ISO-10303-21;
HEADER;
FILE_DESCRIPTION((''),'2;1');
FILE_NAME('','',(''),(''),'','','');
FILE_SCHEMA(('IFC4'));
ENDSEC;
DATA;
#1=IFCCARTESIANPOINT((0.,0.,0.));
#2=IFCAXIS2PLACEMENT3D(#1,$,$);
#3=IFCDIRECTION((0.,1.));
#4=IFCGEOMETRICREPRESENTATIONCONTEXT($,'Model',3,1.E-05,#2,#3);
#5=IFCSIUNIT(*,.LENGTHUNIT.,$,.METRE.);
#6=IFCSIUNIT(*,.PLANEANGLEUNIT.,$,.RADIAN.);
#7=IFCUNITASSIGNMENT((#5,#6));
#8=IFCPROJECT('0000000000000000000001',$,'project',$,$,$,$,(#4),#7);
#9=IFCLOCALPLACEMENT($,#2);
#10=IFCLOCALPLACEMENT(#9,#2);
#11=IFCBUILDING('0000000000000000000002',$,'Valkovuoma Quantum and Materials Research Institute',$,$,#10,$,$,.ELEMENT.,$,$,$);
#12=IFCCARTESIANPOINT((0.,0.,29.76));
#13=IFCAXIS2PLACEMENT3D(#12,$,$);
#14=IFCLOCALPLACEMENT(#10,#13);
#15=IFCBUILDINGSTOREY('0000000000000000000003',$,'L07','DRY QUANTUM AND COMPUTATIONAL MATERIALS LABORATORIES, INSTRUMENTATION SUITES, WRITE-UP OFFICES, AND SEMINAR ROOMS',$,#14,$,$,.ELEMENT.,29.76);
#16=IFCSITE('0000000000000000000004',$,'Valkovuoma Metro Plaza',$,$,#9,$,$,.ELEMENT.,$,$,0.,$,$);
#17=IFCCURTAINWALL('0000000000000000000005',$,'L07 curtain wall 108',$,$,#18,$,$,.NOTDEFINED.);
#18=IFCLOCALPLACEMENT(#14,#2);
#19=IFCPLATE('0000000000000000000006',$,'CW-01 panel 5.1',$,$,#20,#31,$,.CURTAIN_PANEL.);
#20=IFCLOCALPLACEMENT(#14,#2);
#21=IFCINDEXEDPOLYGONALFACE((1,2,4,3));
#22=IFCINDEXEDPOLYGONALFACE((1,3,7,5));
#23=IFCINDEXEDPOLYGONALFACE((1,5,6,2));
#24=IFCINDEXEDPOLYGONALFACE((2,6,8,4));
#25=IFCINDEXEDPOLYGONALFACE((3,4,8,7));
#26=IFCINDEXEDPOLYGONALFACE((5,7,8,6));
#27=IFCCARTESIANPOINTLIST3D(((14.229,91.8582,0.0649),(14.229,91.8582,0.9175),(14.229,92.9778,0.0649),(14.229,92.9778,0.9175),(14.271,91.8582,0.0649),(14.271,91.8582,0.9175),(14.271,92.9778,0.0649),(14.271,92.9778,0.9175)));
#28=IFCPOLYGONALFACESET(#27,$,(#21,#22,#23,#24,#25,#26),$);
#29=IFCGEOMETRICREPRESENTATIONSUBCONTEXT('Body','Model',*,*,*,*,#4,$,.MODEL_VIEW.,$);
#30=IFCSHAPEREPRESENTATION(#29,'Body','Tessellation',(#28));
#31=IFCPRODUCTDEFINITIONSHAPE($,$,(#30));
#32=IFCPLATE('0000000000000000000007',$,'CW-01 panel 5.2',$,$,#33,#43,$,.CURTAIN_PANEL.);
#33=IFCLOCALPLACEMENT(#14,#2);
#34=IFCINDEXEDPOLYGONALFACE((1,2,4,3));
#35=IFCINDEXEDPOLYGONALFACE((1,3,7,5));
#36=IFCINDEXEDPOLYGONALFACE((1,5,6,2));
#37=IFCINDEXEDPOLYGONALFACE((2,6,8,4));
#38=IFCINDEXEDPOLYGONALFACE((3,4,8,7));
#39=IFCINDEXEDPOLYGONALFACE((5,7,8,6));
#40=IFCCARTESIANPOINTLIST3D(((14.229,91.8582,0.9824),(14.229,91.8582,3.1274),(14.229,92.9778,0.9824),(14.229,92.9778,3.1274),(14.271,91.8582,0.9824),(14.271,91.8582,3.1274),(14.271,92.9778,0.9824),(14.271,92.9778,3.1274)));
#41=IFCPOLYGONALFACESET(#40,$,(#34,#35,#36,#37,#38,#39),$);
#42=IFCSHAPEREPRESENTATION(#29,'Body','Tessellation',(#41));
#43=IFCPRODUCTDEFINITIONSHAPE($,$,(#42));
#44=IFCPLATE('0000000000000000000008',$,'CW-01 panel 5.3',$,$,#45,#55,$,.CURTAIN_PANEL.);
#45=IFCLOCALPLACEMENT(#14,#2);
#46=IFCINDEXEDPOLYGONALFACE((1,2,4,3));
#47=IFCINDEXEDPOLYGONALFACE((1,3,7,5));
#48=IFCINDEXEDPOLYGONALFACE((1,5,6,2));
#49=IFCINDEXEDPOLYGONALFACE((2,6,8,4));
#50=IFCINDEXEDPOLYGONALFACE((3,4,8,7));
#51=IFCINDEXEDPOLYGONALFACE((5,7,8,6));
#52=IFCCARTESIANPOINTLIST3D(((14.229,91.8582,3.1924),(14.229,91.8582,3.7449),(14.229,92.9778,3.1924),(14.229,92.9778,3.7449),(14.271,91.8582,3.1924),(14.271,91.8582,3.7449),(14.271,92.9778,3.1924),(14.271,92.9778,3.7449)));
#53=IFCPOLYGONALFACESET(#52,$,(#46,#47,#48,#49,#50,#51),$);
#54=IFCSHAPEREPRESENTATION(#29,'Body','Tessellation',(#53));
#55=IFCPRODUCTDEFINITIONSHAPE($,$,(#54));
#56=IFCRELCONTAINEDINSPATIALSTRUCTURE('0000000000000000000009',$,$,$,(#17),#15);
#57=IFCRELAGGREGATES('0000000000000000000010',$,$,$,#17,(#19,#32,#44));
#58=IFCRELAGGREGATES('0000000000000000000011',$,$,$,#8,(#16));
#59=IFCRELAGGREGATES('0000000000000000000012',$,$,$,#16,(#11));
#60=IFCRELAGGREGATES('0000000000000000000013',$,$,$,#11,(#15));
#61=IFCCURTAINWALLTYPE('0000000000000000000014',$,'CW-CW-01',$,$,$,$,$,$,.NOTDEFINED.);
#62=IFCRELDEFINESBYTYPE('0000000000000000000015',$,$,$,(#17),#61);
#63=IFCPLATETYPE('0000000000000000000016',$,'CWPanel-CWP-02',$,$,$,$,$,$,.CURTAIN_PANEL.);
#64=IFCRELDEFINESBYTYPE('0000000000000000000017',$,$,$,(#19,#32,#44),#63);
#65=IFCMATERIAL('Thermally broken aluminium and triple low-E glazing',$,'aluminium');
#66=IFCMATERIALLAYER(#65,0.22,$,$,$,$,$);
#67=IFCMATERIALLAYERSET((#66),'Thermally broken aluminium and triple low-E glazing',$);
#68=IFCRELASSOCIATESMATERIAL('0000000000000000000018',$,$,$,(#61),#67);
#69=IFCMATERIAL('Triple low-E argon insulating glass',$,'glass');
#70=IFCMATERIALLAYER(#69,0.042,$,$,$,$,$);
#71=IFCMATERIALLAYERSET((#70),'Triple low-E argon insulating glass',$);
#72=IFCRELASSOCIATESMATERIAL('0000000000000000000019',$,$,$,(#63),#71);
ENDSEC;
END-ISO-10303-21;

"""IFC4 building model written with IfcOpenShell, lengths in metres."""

from ifc_helpers import new_model, si_unit, direction, frame, origin, origin_2d, place, context, subcontext, project, spatial, rectangle, extrude, material, layer, layer_set, type_object, element, aggregate, save


model = new_model("IFC4")

# Units and contexts
model_context = context("Model", 3, precision=1e-05, world=origin(), true_north=direction((0.0, 1.0)))
body_context = subcontext(model_context, "Body", "Model", "MODEL_VIEW")
ifc_project = project(units=[si_unit("LENGTHUNIT", "METRE"), si_unit("PLANEANGLEUNIT", "RADIAN")], contexts=[model_context])

# Site, building, storey
site_placement = place(None, origin())
site = spatial("IfcSite", under=ifc_project, at=site_placement, Name="Valkovuoma Metro Plaza", CompositionType="ELEMENT", RefElevation=0.0)
building_placement = place(site_placement, origin())
building = spatial("IfcBuilding", under=site, at=building_placement, Name="Valkovuoma Quantum and Materials Research Institute", CompositionType="ELEMENT")
storey_placement = place(building_placement, frame((0.0, 0.0, 29.76)))
storey = spatial("IfcBuildingStorey", under=building, at=storey_placement, Name="L07", Description="DRY QUANTUM AND COMPUTATIONAL MATERIALS LABORATORIES, INSTRUMENTATION SUITES, WRITE-UP OFFICES, AND SEMINAR ROOMS", CompositionType="ELEMENT", Elevation=29.76)

# Curtain wall, plates
ifc_material_1 = material(Name="Thermally broken aluminium and triple low-E glazing", Category="aluminium")
ifc_layer_1 = layer(ifc_material_1, 0.22)
ifc_layer_set_1 = layer_set([ifc_layer_1], Name="Thermally broken aluminium and triple low-E glazing")
curtain_wall_type = type_object("IfcCurtainWallType", Name="CW-CW-01", PredefinedType="NOTDEFINED", material=ifc_layer_set_1)
curtain_wall_placement = place(storey_placement, origin())
curtain_wall = element("IfcCurtainWall", 1, at=curtain_wall_placement, inside=storey, type_object=curtain_wall_type, Name="L07 curtain wall 108", PredefinedType="NOTDEFINED")
ifc_material_2 = material(Name="Triple low-E argon insulating glass", Category="glass")
ifc_layer_2 = layer(ifc_material_2, 0.042)
ifc_layer_set_2 = layer_set([ifc_layer_2], Name="Triple low-E argon insulating glass")
plate_type = type_object("IfcPlateType", Name="CWPanel-CWP-02", PredefinedType="CURTAIN_PANEL", material=ifc_layer_set_2)
plate_1_placement = place(storey_placement, frame((14.25, 92.418, 0.0649), z_axis=(0.0, 0.0, 1.0), x_axis=(0.0, 1.0, 0.0)))
plate_1 = element("IfcPlate", 2, at=plate_1_placement, type_object=plate_type, Name="CW-01 panel 5.1", PredefinedType="CURTAIN_PANEL", context=body_context, shape_type="SweptSolid", body=[
    extrude(rectangle(XDim=1.1196, YDim=0.042, at=origin_2d()), origin(), (0.0, 0.0, 1.0), 0.8525),
])
plate_2_placement = place(storey_placement, frame((14.25, 92.418, 0.9824), z_axis=(0.0, 0.0, 1.0), x_axis=(0.0, 1.0, 0.0)))
plate_2 = element("IfcPlate", 3, at=plate_2_placement, type_object=plate_type, Name="CW-01 panel 5.2", PredefinedType="CURTAIN_PANEL", context=body_context, shape_type="SweptSolid", body=[
    extrude(rectangle(XDim=1.1196, YDim=0.042, at=origin_2d()), origin(), (0.0, 0.0, 1.0), 2.145),
])
plate_3_placement = place(storey_placement, frame((14.25, 92.418, 3.1924), z_axis=(0.0, 0.0, 1.0), x_axis=(0.0, 1.0, 0.0)))
plate_3 = element("IfcPlate", 4, at=plate_3_placement, type_object=plate_type, Name="CW-01 panel 5.3", PredefinedType="CURTAIN_PANEL", context=body_context, shape_type="SweptSolid", body=[
    extrude(rectangle(XDim=1.1196, YDim=0.042, at=origin_2d()), origin(), (0.0, 0.0, 1.0), 0.5525),
])
aggregate(curtain_wall, [plate_1, plate_2, plate_3])

save(model, "model.ifc")
